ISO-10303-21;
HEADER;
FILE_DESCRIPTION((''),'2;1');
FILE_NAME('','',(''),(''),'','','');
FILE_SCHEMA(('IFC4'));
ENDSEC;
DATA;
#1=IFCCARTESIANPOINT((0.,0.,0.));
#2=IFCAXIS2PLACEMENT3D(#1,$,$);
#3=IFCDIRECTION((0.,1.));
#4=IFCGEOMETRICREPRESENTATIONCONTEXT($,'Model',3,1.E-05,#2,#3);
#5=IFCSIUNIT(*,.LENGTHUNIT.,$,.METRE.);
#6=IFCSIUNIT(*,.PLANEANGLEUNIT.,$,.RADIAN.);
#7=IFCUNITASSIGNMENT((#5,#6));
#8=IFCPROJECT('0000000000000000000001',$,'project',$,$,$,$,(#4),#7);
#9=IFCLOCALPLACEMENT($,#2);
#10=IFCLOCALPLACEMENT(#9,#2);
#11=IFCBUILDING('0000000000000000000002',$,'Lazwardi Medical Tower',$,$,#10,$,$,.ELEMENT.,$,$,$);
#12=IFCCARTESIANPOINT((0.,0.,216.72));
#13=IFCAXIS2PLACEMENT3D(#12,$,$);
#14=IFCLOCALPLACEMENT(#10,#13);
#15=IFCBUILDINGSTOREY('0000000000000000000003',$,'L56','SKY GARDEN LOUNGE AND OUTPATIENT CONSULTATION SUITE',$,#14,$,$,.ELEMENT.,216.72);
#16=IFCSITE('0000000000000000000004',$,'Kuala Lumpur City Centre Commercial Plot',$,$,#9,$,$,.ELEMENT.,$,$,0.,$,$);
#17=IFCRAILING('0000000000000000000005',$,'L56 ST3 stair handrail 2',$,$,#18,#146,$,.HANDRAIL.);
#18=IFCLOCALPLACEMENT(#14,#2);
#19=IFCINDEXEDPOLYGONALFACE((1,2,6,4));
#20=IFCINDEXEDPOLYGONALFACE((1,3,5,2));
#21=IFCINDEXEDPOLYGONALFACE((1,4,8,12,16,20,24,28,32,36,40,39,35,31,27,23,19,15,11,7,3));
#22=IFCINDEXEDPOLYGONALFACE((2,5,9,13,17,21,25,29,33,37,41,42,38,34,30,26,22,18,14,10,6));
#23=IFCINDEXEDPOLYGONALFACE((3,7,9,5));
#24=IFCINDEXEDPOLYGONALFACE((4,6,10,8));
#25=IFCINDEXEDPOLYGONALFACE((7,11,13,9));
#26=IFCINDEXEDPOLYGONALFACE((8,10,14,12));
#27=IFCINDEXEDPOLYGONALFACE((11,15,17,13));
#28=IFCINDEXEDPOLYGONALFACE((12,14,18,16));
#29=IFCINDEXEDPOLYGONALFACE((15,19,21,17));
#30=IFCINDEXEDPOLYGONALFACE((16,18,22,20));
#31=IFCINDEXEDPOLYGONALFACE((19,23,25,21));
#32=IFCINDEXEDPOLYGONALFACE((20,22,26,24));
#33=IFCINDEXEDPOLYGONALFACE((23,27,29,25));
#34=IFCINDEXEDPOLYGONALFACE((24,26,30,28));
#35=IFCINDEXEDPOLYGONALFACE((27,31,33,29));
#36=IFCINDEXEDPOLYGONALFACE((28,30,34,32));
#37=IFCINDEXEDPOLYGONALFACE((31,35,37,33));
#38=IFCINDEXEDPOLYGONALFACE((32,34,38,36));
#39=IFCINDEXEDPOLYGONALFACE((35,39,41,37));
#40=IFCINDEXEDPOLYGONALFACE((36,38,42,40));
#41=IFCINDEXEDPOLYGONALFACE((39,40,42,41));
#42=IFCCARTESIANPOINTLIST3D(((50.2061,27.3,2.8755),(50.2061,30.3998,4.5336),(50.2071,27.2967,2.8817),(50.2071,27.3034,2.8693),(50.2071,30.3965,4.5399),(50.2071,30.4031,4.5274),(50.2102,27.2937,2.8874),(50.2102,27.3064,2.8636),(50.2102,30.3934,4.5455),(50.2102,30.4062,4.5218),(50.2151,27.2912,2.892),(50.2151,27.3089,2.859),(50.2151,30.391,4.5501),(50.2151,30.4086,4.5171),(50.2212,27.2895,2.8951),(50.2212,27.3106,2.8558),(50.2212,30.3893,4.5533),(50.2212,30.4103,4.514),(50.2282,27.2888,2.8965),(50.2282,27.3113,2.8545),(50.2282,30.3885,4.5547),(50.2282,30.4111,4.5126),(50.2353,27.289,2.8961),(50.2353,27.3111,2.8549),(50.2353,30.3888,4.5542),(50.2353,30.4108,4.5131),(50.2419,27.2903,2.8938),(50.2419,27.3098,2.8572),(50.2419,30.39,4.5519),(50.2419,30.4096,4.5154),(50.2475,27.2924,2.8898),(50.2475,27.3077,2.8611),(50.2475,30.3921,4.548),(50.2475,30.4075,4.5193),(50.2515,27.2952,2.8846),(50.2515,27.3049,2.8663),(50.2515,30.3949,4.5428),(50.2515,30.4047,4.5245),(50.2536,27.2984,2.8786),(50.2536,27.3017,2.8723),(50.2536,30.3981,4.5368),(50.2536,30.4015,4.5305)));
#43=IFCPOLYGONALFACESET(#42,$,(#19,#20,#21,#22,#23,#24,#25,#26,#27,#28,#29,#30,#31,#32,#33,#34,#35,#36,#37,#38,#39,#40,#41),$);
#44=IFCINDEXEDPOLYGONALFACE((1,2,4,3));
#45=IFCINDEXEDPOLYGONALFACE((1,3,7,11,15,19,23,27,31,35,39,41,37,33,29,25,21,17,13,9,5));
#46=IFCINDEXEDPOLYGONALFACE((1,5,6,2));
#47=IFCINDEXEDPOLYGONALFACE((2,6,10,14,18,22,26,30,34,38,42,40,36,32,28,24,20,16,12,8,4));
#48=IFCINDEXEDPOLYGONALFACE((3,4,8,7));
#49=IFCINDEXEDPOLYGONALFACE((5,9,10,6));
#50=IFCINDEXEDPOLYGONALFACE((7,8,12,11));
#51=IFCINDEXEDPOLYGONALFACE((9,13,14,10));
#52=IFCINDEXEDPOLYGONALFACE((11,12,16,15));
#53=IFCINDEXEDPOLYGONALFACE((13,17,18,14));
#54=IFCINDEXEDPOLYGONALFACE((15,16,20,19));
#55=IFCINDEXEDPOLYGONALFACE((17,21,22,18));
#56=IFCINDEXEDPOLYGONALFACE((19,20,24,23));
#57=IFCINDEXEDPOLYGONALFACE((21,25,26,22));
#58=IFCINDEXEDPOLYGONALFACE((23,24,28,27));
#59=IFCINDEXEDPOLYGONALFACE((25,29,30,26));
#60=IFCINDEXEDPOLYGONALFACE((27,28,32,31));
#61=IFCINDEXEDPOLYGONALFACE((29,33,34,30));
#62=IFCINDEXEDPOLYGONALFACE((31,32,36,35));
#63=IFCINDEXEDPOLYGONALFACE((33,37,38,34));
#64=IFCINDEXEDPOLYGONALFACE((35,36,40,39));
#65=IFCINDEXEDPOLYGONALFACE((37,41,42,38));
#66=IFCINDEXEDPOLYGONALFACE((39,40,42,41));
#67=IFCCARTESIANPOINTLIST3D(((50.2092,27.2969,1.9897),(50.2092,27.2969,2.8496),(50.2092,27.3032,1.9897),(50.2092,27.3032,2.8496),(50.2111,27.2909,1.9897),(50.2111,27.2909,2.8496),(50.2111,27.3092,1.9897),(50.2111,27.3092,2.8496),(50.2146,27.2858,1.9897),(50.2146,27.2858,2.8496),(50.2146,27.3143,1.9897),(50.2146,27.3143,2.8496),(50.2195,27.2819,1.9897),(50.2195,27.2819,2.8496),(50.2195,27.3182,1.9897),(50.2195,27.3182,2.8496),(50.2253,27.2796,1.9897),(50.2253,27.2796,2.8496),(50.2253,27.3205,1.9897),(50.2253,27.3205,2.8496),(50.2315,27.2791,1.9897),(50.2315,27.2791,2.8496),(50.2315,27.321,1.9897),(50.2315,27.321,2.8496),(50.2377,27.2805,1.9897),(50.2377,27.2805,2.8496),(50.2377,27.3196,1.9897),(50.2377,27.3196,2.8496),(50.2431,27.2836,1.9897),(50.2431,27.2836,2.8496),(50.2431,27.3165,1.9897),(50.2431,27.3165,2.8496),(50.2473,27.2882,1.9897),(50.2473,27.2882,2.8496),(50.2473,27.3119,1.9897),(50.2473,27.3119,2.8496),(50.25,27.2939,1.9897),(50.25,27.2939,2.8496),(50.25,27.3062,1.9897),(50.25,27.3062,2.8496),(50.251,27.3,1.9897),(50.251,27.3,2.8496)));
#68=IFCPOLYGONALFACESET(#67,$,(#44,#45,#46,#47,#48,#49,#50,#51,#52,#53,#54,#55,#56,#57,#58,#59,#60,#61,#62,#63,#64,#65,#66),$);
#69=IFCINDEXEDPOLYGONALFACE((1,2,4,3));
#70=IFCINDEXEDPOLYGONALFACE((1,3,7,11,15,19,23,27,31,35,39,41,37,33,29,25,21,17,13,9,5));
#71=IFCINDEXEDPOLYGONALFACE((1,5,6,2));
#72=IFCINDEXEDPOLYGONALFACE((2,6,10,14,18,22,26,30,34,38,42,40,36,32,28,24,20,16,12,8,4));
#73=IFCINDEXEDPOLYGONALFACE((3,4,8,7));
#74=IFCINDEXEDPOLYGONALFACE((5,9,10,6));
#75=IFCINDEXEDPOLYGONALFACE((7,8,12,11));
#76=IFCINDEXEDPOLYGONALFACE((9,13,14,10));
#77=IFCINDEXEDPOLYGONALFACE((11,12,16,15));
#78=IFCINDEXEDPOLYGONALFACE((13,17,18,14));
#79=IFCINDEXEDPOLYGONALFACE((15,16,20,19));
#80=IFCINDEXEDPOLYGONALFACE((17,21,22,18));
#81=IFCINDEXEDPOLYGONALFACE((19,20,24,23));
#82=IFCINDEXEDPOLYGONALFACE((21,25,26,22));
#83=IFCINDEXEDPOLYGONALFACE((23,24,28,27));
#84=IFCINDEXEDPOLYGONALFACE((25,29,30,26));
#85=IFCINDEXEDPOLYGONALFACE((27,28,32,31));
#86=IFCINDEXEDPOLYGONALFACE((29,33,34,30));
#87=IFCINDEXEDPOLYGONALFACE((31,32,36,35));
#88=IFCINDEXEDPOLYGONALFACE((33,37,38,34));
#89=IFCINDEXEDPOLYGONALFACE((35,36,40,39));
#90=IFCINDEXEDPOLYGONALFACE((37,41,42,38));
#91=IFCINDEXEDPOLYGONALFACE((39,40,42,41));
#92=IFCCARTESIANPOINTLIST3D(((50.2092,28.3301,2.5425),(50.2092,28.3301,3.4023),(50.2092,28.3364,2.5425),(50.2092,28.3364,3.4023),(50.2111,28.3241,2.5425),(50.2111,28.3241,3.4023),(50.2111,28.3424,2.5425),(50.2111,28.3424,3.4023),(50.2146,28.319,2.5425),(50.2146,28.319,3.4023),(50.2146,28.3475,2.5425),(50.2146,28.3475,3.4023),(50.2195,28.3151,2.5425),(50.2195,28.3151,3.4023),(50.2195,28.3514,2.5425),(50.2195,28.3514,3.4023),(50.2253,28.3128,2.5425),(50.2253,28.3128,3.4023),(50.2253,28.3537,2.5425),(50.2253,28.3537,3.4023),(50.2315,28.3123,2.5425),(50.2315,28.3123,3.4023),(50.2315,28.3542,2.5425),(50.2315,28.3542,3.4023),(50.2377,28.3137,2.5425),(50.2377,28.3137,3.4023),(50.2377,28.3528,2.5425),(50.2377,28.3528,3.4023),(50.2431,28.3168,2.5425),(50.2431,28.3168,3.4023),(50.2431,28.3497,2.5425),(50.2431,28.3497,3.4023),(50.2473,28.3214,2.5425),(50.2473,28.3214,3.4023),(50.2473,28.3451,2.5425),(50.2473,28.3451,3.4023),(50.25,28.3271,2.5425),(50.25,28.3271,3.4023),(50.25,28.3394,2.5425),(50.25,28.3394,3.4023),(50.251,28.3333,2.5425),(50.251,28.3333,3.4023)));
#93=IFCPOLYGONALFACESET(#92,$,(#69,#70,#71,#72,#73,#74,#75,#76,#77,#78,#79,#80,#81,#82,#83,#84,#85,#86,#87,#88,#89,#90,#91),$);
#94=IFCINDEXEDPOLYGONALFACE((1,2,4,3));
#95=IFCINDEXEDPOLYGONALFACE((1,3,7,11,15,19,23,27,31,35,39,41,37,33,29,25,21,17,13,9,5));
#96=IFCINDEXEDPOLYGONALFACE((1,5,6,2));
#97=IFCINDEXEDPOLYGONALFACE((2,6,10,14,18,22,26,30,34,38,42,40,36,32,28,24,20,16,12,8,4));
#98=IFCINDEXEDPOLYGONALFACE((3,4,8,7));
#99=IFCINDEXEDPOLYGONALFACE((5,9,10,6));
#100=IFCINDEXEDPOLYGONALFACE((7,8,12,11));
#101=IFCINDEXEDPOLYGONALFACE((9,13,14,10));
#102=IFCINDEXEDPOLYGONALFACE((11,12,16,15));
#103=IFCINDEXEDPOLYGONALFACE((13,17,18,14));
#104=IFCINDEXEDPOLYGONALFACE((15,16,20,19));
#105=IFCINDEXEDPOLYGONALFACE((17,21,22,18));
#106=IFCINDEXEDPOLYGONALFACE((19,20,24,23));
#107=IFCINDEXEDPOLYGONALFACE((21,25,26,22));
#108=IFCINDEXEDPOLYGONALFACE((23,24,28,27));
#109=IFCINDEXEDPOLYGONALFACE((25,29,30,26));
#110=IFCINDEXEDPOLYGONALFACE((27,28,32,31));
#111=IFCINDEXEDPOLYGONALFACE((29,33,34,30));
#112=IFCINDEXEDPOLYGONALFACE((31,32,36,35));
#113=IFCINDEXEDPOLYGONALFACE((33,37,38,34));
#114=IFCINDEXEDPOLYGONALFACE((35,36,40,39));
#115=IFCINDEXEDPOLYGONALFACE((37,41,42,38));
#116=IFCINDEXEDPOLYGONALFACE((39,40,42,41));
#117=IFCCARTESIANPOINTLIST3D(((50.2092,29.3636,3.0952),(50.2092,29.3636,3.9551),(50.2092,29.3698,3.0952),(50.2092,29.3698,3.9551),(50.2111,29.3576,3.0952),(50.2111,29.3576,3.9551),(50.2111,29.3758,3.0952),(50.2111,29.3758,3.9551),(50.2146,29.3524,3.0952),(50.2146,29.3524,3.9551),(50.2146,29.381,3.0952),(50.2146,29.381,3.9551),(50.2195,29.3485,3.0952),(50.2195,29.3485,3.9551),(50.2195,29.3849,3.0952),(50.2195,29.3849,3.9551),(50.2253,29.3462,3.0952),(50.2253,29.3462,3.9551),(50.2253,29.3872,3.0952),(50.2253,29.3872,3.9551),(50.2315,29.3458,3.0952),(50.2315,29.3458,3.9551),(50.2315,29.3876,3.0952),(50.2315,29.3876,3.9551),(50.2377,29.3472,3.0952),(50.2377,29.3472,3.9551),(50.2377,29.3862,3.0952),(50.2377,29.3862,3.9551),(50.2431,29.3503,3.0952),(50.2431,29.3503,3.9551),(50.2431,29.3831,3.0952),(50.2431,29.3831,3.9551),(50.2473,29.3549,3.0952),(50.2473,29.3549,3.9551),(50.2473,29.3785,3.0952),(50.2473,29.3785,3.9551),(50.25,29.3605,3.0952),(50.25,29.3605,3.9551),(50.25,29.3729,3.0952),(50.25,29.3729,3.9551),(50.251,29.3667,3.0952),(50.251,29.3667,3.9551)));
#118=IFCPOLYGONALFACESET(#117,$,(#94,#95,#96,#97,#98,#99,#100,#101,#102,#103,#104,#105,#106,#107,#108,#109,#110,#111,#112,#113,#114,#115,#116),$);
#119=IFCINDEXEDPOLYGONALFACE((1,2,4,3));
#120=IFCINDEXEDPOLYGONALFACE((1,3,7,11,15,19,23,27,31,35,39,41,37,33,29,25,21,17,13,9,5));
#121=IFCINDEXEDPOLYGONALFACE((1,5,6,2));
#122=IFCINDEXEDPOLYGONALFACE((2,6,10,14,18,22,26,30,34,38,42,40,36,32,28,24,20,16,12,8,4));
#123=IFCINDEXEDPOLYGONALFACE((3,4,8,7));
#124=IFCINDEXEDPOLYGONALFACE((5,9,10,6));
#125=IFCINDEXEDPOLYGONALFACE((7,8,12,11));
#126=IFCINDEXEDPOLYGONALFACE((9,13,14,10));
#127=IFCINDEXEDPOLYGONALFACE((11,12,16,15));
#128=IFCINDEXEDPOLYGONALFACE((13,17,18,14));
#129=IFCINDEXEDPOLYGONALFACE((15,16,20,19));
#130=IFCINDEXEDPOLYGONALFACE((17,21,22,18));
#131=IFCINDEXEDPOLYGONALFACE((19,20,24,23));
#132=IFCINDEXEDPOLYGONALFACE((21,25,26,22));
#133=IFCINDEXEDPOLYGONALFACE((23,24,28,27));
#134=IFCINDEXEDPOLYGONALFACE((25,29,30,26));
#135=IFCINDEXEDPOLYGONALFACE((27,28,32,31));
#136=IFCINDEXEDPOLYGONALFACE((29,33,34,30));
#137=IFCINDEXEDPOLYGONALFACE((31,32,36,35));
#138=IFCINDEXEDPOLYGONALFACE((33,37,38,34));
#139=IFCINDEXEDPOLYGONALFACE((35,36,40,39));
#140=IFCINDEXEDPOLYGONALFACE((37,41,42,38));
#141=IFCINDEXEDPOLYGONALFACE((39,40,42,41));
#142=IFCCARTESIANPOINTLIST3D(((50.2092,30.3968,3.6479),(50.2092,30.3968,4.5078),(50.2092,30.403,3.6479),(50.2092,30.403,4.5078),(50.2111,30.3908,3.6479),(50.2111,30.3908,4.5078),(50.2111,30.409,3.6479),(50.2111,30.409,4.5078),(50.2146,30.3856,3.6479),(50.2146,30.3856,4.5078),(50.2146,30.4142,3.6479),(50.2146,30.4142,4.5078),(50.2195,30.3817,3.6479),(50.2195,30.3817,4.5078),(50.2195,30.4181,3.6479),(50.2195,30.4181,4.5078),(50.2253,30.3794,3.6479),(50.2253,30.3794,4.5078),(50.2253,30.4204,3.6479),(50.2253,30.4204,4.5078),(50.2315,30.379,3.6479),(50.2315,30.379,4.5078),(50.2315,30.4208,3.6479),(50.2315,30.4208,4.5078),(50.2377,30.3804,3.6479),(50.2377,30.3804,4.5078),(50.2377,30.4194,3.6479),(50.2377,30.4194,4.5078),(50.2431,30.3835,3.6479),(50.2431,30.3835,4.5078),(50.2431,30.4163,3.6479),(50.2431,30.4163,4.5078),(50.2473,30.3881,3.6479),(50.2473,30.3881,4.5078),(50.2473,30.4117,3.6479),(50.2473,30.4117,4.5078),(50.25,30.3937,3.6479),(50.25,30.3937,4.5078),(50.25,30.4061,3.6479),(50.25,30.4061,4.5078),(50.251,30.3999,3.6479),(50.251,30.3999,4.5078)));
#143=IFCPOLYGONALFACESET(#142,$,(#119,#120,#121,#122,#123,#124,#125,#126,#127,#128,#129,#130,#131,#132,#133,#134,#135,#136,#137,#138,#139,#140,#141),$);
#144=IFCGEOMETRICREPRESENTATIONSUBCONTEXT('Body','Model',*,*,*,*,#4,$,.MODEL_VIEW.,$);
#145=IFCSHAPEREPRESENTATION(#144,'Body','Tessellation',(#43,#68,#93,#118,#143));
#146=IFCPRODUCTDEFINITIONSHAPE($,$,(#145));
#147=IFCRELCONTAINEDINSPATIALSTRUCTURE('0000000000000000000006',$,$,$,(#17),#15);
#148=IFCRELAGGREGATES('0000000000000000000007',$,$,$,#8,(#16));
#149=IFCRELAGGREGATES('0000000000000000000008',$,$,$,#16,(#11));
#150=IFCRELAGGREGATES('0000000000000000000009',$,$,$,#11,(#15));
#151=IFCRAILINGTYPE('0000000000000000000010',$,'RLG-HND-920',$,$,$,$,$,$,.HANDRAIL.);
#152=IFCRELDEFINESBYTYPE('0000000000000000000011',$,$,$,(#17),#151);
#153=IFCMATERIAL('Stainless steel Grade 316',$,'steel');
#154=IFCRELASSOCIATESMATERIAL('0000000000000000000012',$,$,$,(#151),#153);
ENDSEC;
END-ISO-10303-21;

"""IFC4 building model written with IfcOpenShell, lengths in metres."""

from ifc_helpers import new_model, si_unit, direction, frame, origin, origin_2d, place, context, subcontext, project, spatial, circle, extrude, material, type_object, element, save


model = new_model("IFC4")

# Units and contexts
model_context = context("Model", 3, precision=1e-05, world=origin(), true_north=direction((0.0, 1.0)))
body_context = subcontext(model_context, "Body", "Model", "MODEL_VIEW")
ifc_project = project(units=[si_unit("LENGTHUNIT", "METRE"), si_unit("PLANEANGLEUNIT", "RADIAN")], contexts=[model_context])

# Site, building, storey
site_placement = place(None, origin())
site = spatial("IfcSite", under=ifc_project, at=site_placement, Name="Kuala Lumpur City Centre Commercial Plot", CompositionType="ELEMENT", RefElevation=0.0)
building_placement = place(site_placement, origin())
building = spatial("IfcBuilding", under=site, at=building_placement, Name="Lazwardi Medical Tower", CompositionType="ELEMENT")
storey_placement = place(building_placement, frame((0.0, 0.0, 216.72)))
storey = spatial("IfcBuildingStorey", under=building, at=storey_placement, Name="L56", Description="SKY GARDEN LOUNGE AND OUTPATIENT CONSULTATION SUITE", CompositionType="ELEMENT", Elevation=216.72)

# Railing
ifc_material_1 = material(Name="Stainless steel Grade 316", Category="steel")
railing_type_1 = type_object("IfcRailingType", Name="RLG-HND-920", PredefinedType="HANDRAIL", material=ifc_material_1)
railing_1_placement = place(storey_placement, frame((50.23, 27.3, 1.9897)))
element("IfcRailing", 1, at=railing_1_placement, inside=storey, type_object=railing_type_1, Name="L56 ST3 stair handrail 2", PredefinedType="HANDRAIL", context=body_context, shape_type="SweptSolid", body=[
    extrude(circle(Radius=0.0239, at=origin_2d()), frame((0.0, 0.0, 0.8857), z_axis=(0.0, 0.881768, 0.471684), x_axis=(-1.0, 0.0, 0.0)), (0.0, 0.0, 1.0), 3.5154),
    extrude(circle(Radius=0.021, at=origin_2d()), origin(), (0.0, 0.0, 1.0), 0.8599),
    extrude(circle(Radius=0.021, at=origin_2d()), frame((0.0, 1.0332, 0.5527)), (0.0, 0.0, 1.0), 0.8599),
    extrude(circle(Radius=0.021, at=origin_2d()), frame((0.0, 2.0667, 1.1055)), (0.0, 0.0, 1.0), 0.8599),
    extrude(circle(Radius=0.021, at=origin_2d()), frame((0.0, 3.0999, 1.6582)), (0.0, 0.0, 1.0), 0.8599),
])

save(model, "model.ifc")
